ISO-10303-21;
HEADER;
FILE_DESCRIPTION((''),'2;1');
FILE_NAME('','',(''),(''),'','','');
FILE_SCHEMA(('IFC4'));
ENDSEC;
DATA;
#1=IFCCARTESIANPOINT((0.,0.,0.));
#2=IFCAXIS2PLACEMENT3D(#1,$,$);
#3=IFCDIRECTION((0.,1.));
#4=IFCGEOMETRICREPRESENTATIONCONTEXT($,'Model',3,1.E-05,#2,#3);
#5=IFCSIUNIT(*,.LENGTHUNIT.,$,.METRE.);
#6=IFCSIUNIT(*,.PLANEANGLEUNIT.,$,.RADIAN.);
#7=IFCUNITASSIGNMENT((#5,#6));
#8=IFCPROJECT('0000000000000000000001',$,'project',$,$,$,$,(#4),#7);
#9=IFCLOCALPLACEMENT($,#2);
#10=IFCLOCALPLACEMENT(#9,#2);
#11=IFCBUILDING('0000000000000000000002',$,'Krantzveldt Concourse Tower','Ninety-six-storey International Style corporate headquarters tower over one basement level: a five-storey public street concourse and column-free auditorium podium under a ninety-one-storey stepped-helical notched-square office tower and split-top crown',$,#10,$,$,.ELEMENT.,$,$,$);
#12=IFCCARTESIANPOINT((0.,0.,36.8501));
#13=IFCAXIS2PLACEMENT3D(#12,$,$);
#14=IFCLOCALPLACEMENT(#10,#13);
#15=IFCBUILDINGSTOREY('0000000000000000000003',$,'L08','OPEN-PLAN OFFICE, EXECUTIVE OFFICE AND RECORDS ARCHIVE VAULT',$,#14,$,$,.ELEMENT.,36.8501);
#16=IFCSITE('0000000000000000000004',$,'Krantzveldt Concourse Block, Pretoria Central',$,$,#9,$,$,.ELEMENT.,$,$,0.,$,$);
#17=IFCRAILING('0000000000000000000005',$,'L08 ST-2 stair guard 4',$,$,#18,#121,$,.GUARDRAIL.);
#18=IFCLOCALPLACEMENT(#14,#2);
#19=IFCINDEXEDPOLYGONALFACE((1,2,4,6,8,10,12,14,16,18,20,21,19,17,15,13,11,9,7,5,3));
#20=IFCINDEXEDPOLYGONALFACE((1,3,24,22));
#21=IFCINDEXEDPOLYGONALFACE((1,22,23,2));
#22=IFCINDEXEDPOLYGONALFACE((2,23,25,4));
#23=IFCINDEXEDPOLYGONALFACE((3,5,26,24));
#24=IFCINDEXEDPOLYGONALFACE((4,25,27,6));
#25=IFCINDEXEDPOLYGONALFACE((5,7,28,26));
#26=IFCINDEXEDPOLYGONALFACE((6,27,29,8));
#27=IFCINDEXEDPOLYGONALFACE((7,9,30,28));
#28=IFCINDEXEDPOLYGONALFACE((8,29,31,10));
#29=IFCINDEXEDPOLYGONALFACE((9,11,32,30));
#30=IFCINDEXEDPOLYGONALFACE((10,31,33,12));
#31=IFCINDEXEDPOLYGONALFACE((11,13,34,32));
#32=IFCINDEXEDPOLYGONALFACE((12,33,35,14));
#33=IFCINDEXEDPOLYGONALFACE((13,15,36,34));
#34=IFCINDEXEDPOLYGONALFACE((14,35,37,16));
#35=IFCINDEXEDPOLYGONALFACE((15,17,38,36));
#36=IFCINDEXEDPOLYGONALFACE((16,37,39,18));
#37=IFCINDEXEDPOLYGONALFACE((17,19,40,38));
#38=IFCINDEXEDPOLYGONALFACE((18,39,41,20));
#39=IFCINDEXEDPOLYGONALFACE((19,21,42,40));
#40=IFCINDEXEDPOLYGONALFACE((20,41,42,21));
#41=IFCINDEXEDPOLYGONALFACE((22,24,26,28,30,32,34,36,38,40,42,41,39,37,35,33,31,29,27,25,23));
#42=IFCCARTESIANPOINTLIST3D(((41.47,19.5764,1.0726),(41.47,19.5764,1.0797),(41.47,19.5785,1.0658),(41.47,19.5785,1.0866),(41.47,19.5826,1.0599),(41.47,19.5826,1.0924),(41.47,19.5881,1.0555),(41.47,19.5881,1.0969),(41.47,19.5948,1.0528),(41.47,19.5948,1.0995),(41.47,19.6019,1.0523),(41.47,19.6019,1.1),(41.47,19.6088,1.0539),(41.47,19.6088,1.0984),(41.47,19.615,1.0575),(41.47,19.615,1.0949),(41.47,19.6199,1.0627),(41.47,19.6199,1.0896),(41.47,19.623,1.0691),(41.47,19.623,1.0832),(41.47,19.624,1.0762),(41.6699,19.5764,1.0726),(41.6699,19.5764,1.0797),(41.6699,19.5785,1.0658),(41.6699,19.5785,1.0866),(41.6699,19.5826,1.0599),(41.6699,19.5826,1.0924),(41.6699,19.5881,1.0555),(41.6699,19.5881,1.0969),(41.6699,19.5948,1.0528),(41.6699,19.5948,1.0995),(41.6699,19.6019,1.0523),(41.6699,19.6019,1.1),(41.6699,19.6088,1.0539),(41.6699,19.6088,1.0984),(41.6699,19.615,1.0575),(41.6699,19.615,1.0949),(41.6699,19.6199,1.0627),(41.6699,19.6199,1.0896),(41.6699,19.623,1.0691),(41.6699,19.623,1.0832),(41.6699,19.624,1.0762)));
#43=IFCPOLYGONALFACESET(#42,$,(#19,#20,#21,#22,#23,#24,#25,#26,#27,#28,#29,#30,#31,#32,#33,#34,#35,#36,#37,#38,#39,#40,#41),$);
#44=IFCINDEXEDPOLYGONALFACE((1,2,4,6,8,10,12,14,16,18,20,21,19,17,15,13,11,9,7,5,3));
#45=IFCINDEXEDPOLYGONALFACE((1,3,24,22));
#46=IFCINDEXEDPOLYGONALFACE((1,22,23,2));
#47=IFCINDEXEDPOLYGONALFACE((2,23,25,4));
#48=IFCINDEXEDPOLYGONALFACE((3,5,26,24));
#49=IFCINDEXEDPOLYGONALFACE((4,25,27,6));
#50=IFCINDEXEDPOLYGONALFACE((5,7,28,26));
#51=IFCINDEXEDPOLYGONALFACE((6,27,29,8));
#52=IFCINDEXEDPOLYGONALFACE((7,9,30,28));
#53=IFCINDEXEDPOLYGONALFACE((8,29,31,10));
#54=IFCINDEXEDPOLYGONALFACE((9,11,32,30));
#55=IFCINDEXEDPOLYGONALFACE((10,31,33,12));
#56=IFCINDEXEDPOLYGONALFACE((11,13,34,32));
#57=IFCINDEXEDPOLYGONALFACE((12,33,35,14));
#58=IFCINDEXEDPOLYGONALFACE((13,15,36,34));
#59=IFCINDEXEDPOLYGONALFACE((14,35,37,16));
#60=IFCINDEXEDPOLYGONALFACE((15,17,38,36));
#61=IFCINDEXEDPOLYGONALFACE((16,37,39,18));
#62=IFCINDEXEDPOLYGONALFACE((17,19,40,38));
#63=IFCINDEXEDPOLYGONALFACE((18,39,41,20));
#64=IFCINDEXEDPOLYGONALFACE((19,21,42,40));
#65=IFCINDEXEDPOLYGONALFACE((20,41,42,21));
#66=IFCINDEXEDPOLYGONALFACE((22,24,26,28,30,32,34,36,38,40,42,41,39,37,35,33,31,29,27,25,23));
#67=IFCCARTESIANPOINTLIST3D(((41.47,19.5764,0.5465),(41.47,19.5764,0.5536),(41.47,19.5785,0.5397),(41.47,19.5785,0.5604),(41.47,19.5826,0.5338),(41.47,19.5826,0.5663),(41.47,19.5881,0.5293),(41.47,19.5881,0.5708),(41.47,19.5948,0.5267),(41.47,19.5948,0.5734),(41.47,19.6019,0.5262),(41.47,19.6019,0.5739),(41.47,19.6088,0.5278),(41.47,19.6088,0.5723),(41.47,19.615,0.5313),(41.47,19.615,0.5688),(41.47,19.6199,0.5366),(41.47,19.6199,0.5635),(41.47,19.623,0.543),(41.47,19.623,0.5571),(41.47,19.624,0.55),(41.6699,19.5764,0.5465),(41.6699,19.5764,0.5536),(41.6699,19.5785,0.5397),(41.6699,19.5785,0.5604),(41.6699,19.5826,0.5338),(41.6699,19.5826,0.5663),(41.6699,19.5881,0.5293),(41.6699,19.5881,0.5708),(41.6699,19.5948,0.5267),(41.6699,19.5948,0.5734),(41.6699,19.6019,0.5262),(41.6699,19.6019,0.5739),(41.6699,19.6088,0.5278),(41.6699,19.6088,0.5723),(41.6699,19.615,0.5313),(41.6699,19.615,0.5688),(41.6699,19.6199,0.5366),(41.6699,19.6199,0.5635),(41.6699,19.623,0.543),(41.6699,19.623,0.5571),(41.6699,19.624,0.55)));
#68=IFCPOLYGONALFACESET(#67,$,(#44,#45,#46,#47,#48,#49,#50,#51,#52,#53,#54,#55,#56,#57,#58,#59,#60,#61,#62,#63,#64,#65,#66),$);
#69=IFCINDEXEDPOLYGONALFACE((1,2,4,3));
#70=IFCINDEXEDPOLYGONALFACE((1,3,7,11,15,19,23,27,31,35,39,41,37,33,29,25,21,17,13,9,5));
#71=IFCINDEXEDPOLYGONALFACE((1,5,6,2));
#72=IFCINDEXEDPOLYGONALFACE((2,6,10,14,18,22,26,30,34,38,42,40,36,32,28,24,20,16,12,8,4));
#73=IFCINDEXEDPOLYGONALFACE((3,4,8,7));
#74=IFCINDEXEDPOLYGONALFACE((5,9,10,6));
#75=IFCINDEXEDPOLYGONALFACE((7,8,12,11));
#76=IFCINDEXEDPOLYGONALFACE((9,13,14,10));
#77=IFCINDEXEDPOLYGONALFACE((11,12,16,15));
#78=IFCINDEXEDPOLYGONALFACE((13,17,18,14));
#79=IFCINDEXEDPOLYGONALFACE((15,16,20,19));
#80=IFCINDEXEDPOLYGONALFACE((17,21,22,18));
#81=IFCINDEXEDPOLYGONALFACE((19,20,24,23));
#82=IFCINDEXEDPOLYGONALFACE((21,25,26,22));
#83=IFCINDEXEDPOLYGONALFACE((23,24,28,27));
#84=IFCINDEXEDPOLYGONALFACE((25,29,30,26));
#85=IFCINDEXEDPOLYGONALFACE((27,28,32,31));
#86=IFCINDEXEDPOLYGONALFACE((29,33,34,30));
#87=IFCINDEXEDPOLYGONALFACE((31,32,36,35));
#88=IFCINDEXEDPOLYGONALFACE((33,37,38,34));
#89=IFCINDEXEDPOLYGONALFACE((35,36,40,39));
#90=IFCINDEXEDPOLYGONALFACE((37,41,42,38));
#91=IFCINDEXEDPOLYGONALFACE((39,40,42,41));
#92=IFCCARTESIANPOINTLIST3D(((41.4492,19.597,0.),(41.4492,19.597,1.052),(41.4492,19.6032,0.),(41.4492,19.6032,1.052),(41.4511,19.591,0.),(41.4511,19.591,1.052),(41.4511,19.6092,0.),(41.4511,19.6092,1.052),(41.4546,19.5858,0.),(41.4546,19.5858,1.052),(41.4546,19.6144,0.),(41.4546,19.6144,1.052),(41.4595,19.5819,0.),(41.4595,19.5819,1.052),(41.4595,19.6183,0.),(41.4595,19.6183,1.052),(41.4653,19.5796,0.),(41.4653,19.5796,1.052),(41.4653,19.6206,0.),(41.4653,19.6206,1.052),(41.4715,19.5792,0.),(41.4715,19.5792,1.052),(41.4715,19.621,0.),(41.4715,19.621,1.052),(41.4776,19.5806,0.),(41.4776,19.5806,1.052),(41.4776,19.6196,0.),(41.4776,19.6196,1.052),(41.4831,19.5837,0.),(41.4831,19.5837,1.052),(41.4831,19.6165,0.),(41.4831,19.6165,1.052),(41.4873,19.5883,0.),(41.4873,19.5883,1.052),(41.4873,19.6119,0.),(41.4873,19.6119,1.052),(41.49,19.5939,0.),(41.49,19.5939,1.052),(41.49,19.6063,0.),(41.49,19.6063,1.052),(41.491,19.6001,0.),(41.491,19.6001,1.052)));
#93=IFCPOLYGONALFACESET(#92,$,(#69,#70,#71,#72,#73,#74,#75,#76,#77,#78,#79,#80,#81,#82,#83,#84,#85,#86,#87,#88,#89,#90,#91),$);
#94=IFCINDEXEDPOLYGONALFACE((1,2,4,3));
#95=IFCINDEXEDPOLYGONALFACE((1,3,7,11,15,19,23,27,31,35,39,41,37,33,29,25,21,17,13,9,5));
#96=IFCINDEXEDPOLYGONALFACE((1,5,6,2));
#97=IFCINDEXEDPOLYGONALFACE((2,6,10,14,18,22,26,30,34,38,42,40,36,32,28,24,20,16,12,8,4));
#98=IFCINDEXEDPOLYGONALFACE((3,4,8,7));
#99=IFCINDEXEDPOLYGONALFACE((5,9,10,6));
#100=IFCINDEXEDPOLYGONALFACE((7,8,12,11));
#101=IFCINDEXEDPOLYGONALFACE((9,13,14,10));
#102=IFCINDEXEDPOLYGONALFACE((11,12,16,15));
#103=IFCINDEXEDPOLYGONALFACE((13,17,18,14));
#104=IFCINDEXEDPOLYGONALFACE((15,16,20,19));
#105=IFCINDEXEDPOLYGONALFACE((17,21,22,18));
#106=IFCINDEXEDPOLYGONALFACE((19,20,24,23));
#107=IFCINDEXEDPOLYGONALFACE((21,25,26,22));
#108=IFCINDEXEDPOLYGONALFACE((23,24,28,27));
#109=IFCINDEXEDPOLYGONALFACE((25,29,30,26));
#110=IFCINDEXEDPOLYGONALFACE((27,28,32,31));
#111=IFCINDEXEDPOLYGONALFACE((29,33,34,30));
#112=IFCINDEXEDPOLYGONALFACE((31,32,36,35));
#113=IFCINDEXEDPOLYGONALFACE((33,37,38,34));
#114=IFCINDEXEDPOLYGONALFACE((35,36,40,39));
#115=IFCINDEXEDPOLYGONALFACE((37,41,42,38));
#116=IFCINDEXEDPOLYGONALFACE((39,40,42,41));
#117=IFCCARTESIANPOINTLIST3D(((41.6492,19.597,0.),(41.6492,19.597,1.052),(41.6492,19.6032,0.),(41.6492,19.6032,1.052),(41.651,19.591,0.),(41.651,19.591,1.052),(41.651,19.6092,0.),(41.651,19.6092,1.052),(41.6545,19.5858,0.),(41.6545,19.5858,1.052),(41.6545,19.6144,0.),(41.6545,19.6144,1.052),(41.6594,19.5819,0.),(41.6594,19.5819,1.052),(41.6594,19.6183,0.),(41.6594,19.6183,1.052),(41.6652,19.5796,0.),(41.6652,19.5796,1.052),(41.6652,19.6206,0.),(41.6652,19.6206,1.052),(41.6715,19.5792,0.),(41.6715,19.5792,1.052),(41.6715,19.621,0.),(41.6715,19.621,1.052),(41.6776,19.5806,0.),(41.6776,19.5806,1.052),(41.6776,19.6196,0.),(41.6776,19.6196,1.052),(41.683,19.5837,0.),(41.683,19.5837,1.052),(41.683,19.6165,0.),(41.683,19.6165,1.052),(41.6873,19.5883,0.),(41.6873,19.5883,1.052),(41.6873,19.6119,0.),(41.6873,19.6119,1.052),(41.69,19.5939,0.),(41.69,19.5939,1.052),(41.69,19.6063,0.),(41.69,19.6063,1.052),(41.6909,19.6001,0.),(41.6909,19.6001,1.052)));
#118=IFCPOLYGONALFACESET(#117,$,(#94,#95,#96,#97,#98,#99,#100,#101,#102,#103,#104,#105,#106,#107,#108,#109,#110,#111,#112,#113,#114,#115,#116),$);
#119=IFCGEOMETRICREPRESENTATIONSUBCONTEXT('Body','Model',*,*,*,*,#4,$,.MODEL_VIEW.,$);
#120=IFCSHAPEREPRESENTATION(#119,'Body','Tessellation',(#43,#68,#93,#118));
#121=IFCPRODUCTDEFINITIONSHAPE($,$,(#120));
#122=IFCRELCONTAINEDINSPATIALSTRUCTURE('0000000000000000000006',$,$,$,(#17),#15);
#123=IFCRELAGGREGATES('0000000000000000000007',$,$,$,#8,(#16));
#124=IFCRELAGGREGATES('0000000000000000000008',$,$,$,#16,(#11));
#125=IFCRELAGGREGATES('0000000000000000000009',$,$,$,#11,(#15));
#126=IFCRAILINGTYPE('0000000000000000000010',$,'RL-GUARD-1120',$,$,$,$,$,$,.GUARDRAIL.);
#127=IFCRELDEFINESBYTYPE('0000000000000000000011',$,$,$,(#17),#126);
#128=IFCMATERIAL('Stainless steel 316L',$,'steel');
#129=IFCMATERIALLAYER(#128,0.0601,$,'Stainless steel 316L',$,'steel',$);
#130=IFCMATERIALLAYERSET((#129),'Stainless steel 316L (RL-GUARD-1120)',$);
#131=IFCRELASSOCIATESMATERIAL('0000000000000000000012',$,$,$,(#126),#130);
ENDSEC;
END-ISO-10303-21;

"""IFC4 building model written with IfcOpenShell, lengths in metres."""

from ifc_helpers import new_model, si_unit, direction, frame, origin, origin_2d, place, context, subcontext, project, spatial, circle, extrude, material, layer, layer_set, type_object, element, save


model = new_model("IFC4")

# Units and contexts
model_context = context("Model", 3, precision=1e-05, world=origin(), true_north=direction((0.0, 1.0)))
body_context = subcontext(model_context, "Body", "Model", "MODEL_VIEW")
ifc_project = project(units=[si_unit("LENGTHUNIT", "METRE"), si_unit("PLANEANGLEUNIT", "RADIAN")], contexts=[model_context])

# Site, building, storey
site_placement = place(None, origin())
site = spatial("IfcSite", under=ifc_project, at=site_placement, Name="Krantzveldt Concourse Block, Pretoria Central", CompositionType="ELEMENT", RefElevation=0.0)
building_placement = place(site_placement, origin())
building = spatial("IfcBuilding", under=site, at=building_placement, Name="Krantzveldt Concourse Tower", Description="Ninety-six-storey International Style corporate headquarters tower over one basement level: a five-storey public street concourse and column-free auditorium podium under a ninety-one-storey stepped-helical notched-square office tower and split-top crown", CompositionType="ELEMENT")
storey_placement = place(building_placement, frame((0.0, 0.0, 36.8501)))
storey = spatial("IfcBuildingStorey", under=building, at=storey_placement, Name="L08", Description="OPEN-PLAN OFFICE, EXECUTIVE OFFICE AND RECORDS ARCHIVE VAULT", CompositionType="ELEMENT", Elevation=36.8501)

# Shared definitions
ifc_material_1 = material(Name="Stainless steel 316L", Category="steel")

# Railing
ifc_layer_1 = layer(ifc_material_1, 0.0601, Name="Stainless steel 316L", Category="steel")
ifc_layer_set_1 = layer_set([ifc_layer_1], Name="Stainless steel 316L (RL-GUARD-1120)")
railing_type_1 = type_object("IfcRailingType", Name="RL-GUARD-1120", PredefinedType="GUARDRAIL", material=ifc_layer_set_1)
railing_1_placement = place(storey_placement, frame((41.47, 19.6001, 0.0)))
element("IfcRailing", 1, at=railing_1_placement, inside=storey, type_object=railing_type_1, Name="L08 ST-2 stair guard 4", PredefinedType="GUARDRAIL", context=body_context, shape_type="SweptSolid", body=[
    extrude(circle(Radius=0.0239, at=origin_2d()), frame((0.0, 0.0, 1.0762), z_axis=(1.0, 0.0, 0.0), x_axis=(0.0, 1.0, 0.0)), (0.0, 0.0, 1.0), 0.2),
    extrude(circle(Radius=0.0239, at=origin_2d()), frame((0.0, 0.0, 0.55), z_axis=(1.0, 0.0, 0.0), x_axis=(0.0, 1.0, 0.0)), (0.0, 0.0, 1.0), 0.2),
    extrude(circle(Radius=0.021, at=origin_2d()), origin(), (0.0, 0.0, 1.0), 1.052),
    extrude(circle(Radius=0.021, at=origin_2d()), frame((0.2, 0.0, 0.0)), (0.0, 0.0, 1.0), 1.052),
])

save(model, "model.ifc")
